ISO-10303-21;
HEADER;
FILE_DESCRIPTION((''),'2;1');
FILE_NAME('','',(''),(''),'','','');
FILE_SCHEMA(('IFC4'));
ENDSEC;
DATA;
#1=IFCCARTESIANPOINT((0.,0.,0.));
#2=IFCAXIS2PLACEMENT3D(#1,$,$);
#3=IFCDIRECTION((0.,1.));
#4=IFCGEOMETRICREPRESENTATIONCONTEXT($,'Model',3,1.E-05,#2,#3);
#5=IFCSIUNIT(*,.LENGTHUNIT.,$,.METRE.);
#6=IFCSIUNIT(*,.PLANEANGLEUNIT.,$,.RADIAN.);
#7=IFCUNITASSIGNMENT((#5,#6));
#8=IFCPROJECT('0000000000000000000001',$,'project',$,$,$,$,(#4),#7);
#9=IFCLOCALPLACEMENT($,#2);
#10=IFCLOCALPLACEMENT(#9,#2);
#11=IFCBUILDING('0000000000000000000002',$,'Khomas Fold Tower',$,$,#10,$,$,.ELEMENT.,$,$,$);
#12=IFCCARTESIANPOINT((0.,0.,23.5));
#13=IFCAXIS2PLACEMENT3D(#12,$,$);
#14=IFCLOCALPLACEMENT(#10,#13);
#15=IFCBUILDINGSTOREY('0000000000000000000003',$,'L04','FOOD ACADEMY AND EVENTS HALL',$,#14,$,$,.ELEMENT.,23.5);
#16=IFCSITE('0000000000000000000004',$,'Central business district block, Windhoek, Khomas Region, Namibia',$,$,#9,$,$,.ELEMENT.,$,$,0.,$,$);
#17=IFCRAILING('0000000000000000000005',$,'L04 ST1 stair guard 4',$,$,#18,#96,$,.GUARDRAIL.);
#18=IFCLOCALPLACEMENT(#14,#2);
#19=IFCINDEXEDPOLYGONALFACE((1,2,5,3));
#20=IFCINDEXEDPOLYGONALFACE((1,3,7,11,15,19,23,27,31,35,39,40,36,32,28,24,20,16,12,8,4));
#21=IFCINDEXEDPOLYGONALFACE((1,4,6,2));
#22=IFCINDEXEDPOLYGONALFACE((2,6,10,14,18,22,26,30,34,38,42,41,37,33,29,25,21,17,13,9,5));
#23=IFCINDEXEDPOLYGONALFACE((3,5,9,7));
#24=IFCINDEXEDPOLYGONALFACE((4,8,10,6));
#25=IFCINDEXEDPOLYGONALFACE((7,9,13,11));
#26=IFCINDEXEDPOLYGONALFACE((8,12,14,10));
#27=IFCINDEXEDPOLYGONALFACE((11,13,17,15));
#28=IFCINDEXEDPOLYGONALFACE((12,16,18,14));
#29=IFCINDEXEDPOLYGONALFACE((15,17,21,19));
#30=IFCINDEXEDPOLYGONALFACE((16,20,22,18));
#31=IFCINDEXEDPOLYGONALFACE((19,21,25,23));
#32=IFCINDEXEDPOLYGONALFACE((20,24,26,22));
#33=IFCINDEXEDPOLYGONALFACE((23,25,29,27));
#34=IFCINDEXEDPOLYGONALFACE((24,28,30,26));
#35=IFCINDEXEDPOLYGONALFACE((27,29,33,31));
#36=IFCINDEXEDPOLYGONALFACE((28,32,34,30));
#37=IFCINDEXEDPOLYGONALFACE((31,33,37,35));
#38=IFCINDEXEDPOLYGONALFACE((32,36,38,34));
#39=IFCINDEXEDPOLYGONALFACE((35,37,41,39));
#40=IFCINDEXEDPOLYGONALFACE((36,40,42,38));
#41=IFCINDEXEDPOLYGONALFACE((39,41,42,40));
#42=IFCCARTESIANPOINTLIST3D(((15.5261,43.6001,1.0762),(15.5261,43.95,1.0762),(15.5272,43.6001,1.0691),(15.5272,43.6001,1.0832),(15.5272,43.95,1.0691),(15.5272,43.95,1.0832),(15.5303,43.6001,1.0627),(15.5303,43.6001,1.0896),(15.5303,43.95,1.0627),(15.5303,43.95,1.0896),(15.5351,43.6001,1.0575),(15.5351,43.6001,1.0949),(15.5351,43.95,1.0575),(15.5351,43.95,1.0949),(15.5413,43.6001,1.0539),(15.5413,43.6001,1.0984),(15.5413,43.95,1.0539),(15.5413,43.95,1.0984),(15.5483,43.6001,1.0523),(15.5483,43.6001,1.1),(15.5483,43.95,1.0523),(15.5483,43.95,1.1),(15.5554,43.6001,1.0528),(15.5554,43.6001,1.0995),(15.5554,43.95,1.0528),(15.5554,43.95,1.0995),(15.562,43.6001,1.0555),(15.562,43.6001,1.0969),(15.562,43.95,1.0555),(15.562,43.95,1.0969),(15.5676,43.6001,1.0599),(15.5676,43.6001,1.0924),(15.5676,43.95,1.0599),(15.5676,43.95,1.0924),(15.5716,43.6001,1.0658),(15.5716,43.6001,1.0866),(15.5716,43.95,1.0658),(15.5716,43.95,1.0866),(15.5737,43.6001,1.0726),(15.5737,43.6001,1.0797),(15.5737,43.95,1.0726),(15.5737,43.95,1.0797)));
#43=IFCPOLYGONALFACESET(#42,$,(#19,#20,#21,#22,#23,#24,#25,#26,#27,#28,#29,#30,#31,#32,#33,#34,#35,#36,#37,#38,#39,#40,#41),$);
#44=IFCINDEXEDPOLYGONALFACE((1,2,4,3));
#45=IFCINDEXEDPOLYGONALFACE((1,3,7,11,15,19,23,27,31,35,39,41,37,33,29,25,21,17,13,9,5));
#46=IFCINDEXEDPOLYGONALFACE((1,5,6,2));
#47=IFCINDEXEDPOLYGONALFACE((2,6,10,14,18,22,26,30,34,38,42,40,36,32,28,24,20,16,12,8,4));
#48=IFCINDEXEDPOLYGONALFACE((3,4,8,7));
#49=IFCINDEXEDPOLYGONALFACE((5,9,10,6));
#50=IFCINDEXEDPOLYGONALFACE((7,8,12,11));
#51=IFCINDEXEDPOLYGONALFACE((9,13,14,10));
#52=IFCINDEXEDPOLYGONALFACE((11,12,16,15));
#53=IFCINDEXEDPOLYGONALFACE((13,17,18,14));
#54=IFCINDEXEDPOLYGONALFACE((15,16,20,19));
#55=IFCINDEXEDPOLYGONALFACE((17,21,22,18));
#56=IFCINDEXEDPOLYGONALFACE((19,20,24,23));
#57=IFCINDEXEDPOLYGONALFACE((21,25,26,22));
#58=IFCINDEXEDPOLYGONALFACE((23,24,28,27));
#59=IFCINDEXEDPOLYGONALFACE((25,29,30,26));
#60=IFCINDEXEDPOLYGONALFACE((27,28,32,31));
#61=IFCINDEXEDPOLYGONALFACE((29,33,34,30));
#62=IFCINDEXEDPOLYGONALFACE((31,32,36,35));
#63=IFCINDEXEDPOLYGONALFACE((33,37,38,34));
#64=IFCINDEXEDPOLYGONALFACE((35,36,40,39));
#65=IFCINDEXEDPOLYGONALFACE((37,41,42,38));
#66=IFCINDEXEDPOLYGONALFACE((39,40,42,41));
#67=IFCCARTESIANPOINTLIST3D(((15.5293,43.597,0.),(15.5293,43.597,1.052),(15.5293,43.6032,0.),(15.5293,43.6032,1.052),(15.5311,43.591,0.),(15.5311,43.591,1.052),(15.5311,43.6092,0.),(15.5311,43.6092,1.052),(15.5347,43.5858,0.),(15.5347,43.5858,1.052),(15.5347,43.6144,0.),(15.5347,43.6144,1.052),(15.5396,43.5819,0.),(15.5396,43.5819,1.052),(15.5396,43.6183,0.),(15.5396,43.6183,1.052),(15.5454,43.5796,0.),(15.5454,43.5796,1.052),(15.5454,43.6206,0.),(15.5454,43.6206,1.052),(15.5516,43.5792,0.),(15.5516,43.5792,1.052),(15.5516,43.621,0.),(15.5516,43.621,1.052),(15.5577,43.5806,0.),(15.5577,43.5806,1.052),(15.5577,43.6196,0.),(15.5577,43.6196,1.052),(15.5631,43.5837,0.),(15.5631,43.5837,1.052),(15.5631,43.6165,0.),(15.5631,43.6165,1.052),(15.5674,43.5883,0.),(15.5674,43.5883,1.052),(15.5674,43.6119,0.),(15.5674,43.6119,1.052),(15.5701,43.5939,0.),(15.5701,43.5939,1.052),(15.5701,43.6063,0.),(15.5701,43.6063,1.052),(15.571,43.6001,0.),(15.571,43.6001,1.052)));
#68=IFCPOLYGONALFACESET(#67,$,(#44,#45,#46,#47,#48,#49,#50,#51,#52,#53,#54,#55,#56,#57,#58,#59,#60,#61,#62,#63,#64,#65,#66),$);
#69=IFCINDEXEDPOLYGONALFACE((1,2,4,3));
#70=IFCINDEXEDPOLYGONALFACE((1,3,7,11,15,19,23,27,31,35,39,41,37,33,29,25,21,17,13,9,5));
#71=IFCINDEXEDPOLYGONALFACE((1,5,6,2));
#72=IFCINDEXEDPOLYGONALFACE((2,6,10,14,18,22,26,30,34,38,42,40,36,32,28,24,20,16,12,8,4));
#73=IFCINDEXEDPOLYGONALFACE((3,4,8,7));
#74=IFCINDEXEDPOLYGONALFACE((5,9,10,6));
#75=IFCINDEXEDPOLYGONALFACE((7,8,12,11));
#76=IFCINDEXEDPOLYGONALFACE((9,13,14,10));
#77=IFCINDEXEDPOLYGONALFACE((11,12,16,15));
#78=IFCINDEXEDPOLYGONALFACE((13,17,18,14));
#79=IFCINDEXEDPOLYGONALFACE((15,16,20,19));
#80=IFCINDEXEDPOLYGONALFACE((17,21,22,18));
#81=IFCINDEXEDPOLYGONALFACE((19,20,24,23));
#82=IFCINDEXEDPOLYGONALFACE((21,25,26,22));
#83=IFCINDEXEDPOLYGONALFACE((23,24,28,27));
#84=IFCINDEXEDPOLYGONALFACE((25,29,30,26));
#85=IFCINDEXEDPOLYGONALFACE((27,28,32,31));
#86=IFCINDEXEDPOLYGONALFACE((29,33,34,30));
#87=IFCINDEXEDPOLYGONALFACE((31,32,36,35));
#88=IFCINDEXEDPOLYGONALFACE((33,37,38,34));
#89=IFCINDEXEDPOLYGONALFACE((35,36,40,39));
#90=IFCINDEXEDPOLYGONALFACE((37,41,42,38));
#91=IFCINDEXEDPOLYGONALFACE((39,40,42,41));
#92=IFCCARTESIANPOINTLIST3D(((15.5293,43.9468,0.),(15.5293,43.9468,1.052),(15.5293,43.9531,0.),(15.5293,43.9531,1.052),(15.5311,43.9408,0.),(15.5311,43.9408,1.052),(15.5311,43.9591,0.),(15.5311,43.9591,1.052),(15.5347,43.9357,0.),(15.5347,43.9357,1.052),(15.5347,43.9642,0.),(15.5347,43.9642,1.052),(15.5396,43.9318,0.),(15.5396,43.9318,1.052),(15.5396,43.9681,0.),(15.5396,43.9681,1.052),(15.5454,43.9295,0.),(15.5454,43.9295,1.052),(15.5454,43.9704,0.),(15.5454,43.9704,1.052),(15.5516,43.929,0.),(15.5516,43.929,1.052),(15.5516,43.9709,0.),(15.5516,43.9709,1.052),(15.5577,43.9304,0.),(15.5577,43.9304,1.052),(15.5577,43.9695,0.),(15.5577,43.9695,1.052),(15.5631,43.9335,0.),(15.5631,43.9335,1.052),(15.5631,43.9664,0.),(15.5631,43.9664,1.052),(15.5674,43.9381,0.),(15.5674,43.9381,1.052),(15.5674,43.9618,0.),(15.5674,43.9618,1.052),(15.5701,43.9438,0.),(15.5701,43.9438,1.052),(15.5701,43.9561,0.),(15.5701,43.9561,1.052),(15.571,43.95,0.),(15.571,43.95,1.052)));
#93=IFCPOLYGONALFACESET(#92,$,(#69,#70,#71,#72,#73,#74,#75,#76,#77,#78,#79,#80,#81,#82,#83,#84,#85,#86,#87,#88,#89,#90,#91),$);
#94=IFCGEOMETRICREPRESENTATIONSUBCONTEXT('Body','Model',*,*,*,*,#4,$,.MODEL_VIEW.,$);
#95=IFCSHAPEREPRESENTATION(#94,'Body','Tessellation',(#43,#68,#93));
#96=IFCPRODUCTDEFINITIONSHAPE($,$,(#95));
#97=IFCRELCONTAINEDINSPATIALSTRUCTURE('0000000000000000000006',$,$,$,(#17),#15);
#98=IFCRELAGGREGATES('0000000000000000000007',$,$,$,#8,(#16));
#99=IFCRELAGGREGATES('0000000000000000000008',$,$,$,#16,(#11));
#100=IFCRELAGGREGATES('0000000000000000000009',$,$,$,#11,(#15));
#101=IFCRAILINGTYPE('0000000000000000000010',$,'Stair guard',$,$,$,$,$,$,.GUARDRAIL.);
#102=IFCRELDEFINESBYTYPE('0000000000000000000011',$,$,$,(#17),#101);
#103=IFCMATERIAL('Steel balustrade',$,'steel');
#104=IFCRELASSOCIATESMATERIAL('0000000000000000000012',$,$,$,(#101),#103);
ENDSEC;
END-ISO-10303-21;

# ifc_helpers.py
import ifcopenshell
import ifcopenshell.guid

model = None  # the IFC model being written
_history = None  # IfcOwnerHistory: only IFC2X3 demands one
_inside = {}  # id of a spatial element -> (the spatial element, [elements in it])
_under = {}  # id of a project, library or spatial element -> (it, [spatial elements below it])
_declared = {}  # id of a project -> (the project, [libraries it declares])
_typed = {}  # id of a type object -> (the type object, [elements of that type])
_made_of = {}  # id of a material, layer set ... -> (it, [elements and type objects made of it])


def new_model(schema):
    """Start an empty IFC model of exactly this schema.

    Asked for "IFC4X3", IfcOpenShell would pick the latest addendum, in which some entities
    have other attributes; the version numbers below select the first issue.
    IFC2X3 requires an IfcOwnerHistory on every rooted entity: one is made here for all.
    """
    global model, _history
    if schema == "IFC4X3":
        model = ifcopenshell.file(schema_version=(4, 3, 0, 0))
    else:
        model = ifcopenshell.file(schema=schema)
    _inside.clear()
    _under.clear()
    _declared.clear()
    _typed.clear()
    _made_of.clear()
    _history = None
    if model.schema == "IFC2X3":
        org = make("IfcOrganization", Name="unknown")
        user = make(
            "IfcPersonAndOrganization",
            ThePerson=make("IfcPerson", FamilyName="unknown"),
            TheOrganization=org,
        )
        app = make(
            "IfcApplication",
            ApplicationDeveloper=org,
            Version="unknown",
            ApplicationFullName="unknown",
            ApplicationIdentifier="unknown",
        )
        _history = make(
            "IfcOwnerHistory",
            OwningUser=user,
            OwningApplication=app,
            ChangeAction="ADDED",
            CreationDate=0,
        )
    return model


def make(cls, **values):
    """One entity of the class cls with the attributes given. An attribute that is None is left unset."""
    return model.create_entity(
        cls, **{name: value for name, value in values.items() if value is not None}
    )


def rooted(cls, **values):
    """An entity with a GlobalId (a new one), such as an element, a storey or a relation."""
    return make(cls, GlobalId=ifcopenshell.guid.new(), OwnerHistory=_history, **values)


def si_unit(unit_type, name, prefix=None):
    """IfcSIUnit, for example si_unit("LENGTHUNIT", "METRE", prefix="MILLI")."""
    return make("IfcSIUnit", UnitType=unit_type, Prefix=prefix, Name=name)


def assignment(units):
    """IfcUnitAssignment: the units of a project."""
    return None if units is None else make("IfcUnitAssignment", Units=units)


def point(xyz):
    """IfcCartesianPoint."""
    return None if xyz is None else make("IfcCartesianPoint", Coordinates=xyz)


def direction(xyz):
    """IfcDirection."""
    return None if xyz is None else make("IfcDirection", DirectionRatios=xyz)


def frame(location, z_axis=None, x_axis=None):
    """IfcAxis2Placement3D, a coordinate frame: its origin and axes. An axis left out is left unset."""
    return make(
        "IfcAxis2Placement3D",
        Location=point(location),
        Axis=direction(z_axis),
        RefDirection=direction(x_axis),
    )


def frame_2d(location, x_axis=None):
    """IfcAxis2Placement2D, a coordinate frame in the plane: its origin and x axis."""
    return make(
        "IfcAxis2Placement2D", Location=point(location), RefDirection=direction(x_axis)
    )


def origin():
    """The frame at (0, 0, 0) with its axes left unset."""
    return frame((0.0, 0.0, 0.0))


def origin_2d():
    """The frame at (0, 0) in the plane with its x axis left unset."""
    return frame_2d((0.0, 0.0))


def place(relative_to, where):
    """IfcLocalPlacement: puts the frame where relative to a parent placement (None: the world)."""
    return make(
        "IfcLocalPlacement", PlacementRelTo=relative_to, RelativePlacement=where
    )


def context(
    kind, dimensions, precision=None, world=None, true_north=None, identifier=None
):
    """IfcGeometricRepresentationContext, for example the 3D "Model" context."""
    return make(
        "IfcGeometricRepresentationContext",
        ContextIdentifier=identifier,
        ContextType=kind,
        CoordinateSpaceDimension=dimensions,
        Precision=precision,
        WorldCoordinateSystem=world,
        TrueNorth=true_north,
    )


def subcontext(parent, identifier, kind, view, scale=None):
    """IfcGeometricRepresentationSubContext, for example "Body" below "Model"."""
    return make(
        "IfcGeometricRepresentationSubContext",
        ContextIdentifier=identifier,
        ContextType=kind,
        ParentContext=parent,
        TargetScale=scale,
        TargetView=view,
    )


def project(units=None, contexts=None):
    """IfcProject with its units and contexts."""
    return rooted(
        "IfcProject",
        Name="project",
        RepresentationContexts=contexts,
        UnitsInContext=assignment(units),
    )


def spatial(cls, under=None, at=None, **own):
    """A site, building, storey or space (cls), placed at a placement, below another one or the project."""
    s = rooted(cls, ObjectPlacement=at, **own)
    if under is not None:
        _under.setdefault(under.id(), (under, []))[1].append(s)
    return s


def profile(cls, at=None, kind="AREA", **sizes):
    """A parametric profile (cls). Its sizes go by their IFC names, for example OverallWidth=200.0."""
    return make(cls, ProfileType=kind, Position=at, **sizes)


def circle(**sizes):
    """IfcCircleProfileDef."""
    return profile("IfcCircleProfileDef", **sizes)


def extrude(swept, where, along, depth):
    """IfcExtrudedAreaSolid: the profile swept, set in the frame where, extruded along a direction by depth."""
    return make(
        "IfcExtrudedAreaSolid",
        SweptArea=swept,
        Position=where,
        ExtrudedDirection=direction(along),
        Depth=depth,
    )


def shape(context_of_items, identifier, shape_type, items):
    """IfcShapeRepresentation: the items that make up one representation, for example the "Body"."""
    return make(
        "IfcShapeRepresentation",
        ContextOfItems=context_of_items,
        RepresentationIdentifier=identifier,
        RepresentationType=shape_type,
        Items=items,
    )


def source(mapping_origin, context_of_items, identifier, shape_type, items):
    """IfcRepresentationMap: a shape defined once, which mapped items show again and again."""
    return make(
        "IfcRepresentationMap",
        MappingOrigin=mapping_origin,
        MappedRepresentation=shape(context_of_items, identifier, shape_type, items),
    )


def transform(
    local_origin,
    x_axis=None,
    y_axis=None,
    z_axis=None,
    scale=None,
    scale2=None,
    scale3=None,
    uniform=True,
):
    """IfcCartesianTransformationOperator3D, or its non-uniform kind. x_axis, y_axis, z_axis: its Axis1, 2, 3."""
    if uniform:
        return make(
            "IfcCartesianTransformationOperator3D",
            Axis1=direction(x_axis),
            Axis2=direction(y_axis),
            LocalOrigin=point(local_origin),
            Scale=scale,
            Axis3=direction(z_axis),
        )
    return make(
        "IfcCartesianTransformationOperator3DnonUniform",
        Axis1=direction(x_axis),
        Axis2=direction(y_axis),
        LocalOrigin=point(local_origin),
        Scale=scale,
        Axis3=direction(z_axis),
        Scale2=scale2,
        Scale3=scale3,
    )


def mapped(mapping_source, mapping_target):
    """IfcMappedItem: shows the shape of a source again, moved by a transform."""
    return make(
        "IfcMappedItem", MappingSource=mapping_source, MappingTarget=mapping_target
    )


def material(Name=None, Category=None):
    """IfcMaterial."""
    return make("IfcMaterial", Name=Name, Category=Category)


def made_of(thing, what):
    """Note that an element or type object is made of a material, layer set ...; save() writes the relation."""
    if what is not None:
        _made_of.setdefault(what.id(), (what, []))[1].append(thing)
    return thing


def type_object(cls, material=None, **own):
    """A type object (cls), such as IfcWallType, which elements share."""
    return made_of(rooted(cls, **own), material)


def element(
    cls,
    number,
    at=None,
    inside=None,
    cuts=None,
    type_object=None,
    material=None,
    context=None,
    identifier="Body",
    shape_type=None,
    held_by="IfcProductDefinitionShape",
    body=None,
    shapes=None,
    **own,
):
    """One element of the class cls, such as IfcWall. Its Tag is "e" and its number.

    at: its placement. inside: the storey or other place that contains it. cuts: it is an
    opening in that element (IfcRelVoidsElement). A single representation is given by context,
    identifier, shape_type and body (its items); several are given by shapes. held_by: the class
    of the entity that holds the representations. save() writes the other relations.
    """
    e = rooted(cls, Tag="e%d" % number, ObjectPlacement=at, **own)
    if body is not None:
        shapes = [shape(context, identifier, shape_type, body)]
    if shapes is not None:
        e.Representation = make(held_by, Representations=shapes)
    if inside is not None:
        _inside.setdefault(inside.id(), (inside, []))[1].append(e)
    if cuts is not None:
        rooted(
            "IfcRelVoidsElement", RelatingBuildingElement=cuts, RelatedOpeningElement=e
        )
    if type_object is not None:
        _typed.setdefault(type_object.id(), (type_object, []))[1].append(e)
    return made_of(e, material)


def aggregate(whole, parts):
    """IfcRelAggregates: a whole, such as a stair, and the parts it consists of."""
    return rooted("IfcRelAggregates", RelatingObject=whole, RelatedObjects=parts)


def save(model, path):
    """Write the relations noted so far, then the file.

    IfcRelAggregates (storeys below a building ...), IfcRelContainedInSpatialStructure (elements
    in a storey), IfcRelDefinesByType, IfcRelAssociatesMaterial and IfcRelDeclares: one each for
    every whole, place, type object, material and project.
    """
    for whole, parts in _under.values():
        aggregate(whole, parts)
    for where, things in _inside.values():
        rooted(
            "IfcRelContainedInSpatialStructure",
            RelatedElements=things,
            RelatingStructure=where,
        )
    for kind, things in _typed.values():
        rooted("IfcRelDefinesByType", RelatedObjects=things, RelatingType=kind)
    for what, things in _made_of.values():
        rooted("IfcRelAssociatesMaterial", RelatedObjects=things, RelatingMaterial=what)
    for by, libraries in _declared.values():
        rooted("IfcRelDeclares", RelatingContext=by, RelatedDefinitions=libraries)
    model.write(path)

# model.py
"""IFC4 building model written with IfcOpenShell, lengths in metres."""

from ifc_helpers import new_model, si_unit, direction, frame, origin, origin_2d, place, context, subcontext, project, spatial, circle, extrude, source, transform, mapped, material, type_object, element, save


model = new_model("IFC4")

# Units and contexts
model_context = context("Model", 3, precision=1e-05, world=origin(), true_north=direction((0.0, 1.0)))
body_context = subcontext(model_context, "Body", "Model", "MODEL_VIEW")
ifc_project = project(units=[si_unit("LENGTHUNIT", "METRE"), si_unit("PLANEANGLEUNIT", "RADIAN")], contexts=[model_context])

# Site, building, storey
site_placement = place(None, origin())
site = spatial("IfcSite", under=ifc_project, at=site_placement, Name="Central business district block, Windhoek, Khomas Region, Namibia", CompositionType="ELEMENT", RefElevation=0.0)
building_placement = place(site_placement, origin())
building = spatial("IfcBuilding", under=site, at=building_placement, Name="Khomas Fold Tower", CompositionType="ELEMENT")
storey_placement = place(building_placement, frame((0.0, 0.0, 23.5)))
storey = spatial("IfcBuildingStorey", under=building, at=storey_placement, Name="L04", Description="FOOD ACADEMY AND EVENTS HALL", CompositionType="ELEMENT", Elevation=23.5)

# Railing
ifc_material_1 = material(Name="Steel balustrade", Category="steel")
railing_type_1 = type_object("IfcRailingType", Name="Stair guard", PredefinedType="GUARDRAIL", material=ifc_material_1)
shared_shape_1 = source(origin(), body_context, "Body", "SweptSolid", [
    extrude(circle(Radius=0.0239, at=origin_2d()), frame((0.0, 0.0, 1.0762), z_axis=(0.0, 1.0, 0.0), x_axis=(-1.0, 0.0, 0.0)), (0.0, 0.0, 1.0), 0.3499),
    extrude(circle(Radius=0.021, at=origin_2d()), origin(), (0.0, 0.0, 1.0), 1.052),
    extrude(circle(Radius=0.021, at=origin_2d()), frame((0.0, 0.3499, 0.0)), (0.0, 0.0, 1.0), 1.052),
])
railing_1_placement = place(storey_placement, frame((15.55, 43.6001, 0.0)))
element("IfcRailing", 1, at=railing_1_placement, inside=storey, type_object=railing_type_1, Name="L04 ST1 stair guard 4", PredefinedType="GUARDRAIL", context=body_context, shape_type="MappedRepresentation", body=[
    mapped(shared_shape_1, transform((0.0, 0.0, 0.0))),
])

save(model, "model.ifc")
